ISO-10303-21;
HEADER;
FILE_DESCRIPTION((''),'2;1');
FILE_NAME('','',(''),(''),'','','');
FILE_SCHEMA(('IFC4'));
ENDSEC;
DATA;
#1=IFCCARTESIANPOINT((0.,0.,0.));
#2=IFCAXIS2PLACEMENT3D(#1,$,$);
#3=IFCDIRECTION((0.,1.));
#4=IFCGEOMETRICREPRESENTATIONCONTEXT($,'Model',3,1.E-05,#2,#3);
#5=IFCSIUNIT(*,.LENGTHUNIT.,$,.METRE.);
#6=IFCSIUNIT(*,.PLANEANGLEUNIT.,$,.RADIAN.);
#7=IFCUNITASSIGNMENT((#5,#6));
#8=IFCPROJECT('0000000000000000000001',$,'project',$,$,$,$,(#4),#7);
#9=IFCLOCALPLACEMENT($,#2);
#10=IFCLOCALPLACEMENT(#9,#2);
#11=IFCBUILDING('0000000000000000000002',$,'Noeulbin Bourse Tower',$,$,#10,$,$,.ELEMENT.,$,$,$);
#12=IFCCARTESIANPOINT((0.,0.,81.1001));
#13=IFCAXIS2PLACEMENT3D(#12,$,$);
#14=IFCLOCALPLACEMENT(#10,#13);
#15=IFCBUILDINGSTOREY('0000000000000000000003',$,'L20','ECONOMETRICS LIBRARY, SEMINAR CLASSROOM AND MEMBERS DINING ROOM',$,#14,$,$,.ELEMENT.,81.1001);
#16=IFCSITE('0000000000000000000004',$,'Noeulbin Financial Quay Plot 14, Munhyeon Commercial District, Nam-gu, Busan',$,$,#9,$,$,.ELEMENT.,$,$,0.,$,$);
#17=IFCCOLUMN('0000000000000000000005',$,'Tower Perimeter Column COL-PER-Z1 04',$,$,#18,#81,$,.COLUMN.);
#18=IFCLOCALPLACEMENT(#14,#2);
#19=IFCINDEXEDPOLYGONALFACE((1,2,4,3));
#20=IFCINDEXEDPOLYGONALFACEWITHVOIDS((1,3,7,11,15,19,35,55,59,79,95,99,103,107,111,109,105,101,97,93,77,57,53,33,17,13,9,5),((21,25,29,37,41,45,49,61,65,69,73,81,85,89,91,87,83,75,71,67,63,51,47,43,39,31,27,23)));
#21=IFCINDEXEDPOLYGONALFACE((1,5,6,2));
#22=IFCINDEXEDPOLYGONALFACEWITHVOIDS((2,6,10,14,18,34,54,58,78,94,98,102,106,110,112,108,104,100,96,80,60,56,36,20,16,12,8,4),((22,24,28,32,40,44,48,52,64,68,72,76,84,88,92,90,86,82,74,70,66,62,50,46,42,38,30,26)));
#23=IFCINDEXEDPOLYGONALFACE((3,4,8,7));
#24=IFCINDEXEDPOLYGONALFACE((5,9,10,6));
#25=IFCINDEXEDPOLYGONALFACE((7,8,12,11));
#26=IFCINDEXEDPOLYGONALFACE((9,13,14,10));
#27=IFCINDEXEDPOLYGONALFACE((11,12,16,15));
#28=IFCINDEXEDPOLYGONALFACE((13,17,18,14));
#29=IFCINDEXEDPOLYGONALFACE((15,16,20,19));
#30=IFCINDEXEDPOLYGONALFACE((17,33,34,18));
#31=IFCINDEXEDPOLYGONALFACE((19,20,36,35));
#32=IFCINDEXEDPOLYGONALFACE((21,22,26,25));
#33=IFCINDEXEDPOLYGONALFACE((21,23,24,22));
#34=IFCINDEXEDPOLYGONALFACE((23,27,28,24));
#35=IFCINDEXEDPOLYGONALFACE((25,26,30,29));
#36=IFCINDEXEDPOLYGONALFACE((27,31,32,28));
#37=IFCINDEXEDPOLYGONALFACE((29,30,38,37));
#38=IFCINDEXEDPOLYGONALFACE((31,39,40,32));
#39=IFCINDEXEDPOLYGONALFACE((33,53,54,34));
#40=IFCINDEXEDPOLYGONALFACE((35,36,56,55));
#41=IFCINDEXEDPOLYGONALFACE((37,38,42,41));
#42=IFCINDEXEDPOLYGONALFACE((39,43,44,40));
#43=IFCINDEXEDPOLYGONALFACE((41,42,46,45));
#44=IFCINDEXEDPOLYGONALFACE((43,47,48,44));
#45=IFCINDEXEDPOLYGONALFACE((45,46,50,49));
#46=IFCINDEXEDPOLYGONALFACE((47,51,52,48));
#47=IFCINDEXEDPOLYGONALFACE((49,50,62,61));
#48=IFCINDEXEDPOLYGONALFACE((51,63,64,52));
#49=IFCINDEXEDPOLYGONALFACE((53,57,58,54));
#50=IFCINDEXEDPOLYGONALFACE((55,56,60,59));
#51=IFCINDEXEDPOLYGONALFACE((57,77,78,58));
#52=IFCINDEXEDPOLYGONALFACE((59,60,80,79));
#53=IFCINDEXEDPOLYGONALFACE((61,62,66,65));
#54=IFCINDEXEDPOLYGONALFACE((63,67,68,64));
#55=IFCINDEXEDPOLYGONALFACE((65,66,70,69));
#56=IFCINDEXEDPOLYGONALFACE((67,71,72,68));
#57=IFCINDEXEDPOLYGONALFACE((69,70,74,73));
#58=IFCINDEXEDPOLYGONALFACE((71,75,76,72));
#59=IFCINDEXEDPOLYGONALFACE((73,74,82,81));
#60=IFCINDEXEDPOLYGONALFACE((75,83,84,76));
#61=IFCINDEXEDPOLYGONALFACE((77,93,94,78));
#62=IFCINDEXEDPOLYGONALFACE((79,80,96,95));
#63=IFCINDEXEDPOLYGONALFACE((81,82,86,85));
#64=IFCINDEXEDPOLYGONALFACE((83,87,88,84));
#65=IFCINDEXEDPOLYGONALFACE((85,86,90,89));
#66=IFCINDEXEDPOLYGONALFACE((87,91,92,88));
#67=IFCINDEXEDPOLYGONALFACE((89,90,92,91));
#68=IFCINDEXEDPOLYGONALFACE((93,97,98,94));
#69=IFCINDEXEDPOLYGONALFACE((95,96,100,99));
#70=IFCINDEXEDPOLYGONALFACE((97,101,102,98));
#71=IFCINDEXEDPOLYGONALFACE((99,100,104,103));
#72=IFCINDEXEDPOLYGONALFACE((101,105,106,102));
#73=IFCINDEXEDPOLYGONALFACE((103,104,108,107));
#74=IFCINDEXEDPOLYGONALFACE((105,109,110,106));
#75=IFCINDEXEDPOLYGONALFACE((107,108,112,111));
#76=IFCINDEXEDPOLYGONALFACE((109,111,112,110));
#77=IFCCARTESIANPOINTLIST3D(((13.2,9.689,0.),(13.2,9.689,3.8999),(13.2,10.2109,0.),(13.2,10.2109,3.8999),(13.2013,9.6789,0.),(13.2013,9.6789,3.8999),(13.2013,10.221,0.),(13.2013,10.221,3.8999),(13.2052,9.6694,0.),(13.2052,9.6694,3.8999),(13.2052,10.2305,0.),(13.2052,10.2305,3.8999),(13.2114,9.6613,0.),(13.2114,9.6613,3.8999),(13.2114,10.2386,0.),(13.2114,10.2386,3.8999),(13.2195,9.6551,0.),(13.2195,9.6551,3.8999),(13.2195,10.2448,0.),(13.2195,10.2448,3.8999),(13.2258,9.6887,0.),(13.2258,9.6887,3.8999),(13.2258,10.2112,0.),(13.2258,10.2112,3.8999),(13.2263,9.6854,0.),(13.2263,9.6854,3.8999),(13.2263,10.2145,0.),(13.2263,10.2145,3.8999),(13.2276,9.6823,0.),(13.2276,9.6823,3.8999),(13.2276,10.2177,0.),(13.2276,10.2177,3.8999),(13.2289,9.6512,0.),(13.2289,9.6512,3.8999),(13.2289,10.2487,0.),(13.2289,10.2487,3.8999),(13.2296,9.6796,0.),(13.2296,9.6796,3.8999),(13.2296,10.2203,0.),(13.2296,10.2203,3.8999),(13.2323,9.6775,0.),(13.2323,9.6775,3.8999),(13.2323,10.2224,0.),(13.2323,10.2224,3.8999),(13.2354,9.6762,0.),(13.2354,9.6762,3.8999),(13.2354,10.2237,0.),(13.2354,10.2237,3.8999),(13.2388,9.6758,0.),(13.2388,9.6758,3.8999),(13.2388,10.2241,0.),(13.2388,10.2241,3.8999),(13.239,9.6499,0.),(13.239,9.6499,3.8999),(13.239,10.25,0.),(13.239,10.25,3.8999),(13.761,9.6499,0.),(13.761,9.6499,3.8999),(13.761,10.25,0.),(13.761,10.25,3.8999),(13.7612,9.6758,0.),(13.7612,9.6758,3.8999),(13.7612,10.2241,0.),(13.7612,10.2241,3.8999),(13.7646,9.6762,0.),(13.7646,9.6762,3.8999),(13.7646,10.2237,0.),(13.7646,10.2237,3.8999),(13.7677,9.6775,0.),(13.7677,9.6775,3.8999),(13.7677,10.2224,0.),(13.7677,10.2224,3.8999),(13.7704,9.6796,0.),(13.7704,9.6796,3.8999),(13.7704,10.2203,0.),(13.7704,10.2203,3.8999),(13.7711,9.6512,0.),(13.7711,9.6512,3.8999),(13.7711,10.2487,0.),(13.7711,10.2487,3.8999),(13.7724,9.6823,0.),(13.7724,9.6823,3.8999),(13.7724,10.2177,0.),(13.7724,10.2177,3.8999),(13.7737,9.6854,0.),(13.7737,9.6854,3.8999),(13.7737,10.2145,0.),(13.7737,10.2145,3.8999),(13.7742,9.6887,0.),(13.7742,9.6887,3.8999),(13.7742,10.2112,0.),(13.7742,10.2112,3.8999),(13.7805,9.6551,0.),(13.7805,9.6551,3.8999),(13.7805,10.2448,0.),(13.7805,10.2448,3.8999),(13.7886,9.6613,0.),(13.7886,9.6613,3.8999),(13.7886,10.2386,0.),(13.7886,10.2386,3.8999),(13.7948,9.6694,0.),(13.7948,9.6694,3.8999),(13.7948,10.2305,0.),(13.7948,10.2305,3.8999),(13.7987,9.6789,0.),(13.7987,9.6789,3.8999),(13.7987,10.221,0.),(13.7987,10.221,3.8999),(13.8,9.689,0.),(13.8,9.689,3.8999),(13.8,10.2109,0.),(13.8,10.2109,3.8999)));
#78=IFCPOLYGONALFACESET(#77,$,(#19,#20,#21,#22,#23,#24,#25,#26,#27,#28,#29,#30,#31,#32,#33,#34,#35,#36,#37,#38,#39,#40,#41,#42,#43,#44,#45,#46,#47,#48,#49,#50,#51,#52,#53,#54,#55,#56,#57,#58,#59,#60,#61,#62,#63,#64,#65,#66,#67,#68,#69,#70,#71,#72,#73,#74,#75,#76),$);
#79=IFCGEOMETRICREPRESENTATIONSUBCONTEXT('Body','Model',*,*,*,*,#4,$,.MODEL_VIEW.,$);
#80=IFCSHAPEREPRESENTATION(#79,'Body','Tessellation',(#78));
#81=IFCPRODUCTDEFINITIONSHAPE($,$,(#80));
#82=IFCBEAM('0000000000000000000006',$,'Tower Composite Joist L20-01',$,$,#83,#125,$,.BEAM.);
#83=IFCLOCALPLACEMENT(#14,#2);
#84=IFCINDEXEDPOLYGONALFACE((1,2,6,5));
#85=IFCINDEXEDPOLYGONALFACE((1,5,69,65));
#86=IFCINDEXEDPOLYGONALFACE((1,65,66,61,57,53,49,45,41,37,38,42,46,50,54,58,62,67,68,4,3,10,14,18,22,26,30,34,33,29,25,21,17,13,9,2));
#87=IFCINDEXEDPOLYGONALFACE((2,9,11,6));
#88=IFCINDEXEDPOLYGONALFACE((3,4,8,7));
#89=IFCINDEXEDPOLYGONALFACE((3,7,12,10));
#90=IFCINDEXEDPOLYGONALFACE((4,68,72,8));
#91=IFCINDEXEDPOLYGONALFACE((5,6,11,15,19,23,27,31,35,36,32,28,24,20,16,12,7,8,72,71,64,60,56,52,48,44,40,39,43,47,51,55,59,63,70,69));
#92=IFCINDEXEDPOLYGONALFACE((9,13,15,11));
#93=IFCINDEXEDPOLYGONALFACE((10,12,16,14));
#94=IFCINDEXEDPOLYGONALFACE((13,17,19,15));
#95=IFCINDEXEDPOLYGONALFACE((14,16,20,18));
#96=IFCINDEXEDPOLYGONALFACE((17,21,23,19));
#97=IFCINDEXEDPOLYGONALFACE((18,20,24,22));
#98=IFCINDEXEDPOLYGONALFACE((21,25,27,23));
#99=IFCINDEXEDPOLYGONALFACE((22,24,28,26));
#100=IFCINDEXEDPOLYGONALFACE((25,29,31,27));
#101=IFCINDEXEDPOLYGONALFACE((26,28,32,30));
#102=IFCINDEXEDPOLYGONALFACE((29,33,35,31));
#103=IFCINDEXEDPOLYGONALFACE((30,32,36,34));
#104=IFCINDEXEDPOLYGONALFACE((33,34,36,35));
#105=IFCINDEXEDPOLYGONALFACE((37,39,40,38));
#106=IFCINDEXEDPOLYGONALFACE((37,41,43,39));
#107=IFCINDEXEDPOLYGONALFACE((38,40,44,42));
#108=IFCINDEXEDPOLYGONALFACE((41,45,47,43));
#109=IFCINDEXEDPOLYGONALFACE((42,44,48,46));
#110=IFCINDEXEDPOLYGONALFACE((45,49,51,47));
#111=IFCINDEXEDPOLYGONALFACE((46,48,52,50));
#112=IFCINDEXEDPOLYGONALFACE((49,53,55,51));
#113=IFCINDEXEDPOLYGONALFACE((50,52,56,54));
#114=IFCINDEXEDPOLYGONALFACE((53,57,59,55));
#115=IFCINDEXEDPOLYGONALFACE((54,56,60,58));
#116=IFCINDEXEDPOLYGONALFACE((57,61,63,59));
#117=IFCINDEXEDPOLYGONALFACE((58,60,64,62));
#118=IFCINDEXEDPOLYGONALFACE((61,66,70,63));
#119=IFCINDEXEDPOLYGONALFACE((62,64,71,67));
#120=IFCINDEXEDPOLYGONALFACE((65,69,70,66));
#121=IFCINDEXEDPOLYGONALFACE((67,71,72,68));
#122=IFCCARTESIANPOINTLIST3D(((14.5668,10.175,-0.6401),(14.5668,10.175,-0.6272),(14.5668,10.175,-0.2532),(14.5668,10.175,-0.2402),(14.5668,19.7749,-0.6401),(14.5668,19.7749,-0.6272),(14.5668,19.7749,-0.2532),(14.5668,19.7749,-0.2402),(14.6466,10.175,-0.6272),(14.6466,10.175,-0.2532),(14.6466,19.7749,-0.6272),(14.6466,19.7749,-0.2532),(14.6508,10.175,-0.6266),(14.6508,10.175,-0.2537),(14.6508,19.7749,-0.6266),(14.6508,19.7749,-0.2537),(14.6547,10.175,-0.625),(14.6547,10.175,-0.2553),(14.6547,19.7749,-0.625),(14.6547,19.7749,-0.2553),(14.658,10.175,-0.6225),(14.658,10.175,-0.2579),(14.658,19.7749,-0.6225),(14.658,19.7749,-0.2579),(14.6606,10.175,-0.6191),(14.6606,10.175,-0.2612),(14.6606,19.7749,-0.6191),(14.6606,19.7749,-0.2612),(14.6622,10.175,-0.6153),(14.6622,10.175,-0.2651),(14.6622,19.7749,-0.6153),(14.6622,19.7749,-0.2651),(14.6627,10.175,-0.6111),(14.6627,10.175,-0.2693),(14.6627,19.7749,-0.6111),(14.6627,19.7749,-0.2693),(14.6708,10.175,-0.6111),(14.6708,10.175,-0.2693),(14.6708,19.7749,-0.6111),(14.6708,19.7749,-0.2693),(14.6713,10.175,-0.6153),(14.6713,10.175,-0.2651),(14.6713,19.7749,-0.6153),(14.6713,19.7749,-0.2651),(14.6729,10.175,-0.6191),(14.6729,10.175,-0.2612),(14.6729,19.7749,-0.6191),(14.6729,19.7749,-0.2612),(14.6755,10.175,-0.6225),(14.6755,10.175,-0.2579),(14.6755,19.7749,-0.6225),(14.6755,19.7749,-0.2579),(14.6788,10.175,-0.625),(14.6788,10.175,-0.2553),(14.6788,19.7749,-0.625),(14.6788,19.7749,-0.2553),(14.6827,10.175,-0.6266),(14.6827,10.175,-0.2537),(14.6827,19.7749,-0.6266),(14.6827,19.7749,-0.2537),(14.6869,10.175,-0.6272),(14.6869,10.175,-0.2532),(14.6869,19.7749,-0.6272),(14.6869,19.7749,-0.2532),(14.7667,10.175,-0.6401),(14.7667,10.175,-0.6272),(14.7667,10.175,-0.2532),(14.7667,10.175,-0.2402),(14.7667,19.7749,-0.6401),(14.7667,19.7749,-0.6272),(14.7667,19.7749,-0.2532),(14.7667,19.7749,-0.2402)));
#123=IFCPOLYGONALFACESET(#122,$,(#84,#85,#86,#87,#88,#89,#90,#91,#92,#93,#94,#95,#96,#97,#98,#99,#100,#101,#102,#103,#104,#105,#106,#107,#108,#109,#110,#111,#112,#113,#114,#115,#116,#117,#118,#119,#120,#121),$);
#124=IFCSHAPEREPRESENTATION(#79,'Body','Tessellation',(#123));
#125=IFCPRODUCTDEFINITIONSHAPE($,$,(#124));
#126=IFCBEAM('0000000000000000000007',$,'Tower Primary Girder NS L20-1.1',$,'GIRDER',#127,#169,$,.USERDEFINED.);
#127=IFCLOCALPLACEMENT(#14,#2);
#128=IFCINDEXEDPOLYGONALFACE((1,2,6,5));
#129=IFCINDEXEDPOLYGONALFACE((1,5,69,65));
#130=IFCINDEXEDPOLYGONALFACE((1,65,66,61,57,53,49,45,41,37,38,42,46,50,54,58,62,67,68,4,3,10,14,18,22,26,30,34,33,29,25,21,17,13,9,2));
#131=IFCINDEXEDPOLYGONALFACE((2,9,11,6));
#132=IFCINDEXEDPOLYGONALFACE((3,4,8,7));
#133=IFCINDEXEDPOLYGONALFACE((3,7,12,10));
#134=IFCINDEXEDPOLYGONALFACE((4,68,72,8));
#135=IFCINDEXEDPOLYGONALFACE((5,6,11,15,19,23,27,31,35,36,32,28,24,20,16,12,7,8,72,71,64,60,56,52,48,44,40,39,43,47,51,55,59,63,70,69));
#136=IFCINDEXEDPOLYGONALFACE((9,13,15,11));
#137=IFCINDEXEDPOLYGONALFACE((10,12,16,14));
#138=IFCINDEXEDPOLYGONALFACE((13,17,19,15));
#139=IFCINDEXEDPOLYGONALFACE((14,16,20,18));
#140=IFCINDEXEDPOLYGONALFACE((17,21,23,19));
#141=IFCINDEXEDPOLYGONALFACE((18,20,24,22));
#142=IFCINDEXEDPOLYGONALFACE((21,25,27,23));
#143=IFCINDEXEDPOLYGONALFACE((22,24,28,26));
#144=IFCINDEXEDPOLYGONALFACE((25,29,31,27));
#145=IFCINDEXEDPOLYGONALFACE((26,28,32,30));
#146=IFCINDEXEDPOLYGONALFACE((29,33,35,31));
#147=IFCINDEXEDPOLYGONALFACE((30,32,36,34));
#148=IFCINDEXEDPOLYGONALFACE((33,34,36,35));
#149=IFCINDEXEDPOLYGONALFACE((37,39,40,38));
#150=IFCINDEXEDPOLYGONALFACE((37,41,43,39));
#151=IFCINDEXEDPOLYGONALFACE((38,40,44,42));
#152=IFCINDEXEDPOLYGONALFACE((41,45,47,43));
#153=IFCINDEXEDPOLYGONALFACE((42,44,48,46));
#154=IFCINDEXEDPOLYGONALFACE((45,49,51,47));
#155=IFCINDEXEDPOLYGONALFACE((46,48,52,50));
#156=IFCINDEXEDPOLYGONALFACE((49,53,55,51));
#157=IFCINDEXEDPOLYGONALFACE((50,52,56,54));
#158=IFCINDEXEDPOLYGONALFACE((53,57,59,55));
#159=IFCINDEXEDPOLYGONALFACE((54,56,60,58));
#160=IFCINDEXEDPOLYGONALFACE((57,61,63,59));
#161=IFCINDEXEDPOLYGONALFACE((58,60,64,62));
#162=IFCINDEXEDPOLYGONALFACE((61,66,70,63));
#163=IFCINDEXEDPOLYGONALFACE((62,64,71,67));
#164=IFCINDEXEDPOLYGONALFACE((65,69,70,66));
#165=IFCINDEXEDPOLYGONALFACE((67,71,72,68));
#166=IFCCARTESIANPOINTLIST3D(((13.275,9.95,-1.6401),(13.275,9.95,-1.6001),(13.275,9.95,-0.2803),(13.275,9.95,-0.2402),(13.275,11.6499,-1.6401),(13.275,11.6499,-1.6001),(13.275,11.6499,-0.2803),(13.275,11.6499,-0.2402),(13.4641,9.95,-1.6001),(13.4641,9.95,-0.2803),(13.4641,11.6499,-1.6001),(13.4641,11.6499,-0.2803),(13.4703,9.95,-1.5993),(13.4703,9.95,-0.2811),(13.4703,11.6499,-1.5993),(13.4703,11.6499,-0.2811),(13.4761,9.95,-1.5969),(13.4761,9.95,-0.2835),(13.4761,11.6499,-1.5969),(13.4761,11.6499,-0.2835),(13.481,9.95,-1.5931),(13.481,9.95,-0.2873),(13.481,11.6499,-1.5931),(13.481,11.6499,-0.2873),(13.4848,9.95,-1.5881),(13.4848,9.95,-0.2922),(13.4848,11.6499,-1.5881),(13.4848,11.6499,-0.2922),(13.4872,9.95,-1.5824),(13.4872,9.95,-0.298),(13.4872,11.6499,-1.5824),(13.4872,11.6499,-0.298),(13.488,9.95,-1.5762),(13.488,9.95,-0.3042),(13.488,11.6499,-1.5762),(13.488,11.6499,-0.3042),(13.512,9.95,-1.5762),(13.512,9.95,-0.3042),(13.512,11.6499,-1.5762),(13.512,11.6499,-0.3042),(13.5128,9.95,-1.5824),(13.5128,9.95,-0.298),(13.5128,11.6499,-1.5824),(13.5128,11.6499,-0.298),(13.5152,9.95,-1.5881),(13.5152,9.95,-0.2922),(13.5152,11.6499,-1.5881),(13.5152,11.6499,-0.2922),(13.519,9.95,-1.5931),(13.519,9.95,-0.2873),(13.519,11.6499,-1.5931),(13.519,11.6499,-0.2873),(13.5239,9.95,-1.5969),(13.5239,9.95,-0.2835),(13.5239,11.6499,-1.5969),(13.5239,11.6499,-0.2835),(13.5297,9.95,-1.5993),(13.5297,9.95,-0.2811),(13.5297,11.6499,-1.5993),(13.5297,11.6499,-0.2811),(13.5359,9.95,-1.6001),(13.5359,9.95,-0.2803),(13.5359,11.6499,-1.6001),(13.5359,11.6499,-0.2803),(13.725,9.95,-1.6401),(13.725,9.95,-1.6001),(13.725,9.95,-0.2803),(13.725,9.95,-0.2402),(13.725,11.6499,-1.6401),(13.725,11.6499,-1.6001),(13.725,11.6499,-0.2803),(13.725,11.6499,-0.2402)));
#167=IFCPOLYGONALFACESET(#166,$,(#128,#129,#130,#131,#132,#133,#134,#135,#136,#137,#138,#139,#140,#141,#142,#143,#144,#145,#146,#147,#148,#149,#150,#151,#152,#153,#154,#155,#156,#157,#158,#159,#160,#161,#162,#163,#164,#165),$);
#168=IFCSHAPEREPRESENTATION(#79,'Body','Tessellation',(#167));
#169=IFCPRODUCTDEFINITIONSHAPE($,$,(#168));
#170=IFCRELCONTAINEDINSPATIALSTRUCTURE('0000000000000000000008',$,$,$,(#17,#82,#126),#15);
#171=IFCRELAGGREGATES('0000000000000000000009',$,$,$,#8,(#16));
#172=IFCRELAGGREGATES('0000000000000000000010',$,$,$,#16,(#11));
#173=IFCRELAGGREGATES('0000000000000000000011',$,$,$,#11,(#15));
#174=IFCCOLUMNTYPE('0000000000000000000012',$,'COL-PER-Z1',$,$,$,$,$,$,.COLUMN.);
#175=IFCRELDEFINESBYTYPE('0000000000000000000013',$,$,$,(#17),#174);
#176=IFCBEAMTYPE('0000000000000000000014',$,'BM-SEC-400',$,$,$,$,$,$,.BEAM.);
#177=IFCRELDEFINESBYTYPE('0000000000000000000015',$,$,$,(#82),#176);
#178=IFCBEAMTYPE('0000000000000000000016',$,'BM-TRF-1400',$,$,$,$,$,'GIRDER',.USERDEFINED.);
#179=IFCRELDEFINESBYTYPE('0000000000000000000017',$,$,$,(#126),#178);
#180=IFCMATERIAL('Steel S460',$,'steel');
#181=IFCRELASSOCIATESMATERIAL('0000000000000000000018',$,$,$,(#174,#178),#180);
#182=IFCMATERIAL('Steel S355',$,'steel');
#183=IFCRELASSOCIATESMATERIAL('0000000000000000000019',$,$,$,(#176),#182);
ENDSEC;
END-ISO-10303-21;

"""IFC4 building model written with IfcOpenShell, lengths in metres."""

from ifc_helpers import new_model, si_unit, direction, frame, origin, origin_2d, place, context, subcontext, project, spatial, hollow_rectangle, i_section, extrude, material, material_profile, profile_set, type_object, element, save


model = new_model("IFC4")

# Units and contexts
model_context = context("Model", 3, precision=1e-05, world=origin(), true_north=direction((0.0, 1.0)))
body_context = subcontext(model_context, "Body", "Model", "MODEL_VIEW")
ifc_project = project(units=[si_unit("LENGTHUNIT", "METRE"), si_unit("PLANEANGLEUNIT", "RADIAN")], contexts=[model_context])

# Site, building, storey
site_placement = place(None, origin())
site = spatial("IfcSite", under=ifc_project, at=site_placement, Name="Noeulbin Financial Quay Plot 14, Munhyeon Commercial District, Nam-gu, Busan", CompositionType="ELEMENT", RefElevation=0.0)
building_placement = place(site_placement, origin())
building = spatial("IfcBuilding", under=site, at=building_placement, Name="Noeulbin Bourse Tower", CompositionType="ELEMENT")
storey_placement = place(building_placement, frame((0.0, 0.0, 81.1001)))
storey = spatial("IfcBuildingStorey", under=building, at=storey_placement, Name="L20", Description="ECONOMETRICS LIBRARY, SEMINAR CLASSROOM AND MEMBERS DINING ROOM", CompositionType="ELEMENT", Elevation=81.1001)

# Column
ifc_material_1 = material(Name="Steel S460", Category="steel")
ifc_material_profile_1 = material_profile(ifc_material_1, hollow_rectangle(XDim=0.6001, YDim=0.6001, WallThickness=0.0259, InnerFilletRadius=0.0129, OuterFilletRadius=0.0391, at=origin_2d()), Name="BOX-600x600x26", Category="LoadBearing")
ifc_profile_set_1 = profile_set([ifc_material_profile_1], Name="Steel S460")
column_type = type_object("IfcColumnType", Name="COL-PER-Z1", PredefinedType="COLUMN", material=ifc_profile_set_1)
column_placement = place(storey_placement, frame((13.5, 9.95, 0.0), z_axis=(0.0, 0.0, 1.0), x_axis=(1.0, 0.0, 0.0)))
element("IfcColumn", 1, at=column_placement, inside=storey, type_object=column_type, Name="Tower Perimeter Column COL-PER-Z1 04", PredefinedType="COLUMN", context=body_context, shape_type="SweptSolid", body=[
    extrude(hollow_rectangle(XDim=0.6001, YDim=0.6001, WallThickness=0.0259, InnerFilletRadius=0.0129, OuterFilletRadius=0.0391, at=origin_2d()), origin(), (0.0, 0.0, 1.0), 3.8999),
])

# Beams
ifc_material_2 = material(Name="Steel S355", Category="steel")
ifc_material_profile_2 = material_profile(ifc_material_2, i_section(OverallWidth=0.2, OverallDepth=0.3999, WebThickness=0.0081, FlangeThickness=0.0129, FilletRadius=0.0161, at=origin_2d()), Name="H-400x200x8x13", Category="LoadBearing")
ifc_profile_set_2 = profile_set([ifc_material_profile_2], Name="Steel S355")
beam_type_1 = type_object("IfcBeamType", Name="BM-SEC-400", PredefinedType="BEAM", material=ifc_profile_set_2)
beam_1_placement = place(storey_placement, frame((14.6667, 10.175, -0.4402), z_axis=(0.0, 1.0, 0.0), x_axis=(-1.0, 0.0, 0.0)))
element("IfcBeam", 2, at=beam_1_placement, inside=storey, type_object=beam_type_1, Name="Tower Composite Joist L20-01", PredefinedType="BEAM", context=body_context, shape_type="SweptSolid", body=[
    extrude(i_section(OverallWidth=0.2, OverallDepth=0.3999, WebThickness=0.0081, FlangeThickness=0.0129, FilletRadius=0.0161, at=origin_2d()), origin(), (0.0, 0.0, 1.0), 9.5999),
])
ifc_material_profile_3 = material_profile(ifc_material_1, i_section(OverallWidth=0.45, OverallDepth=1.3999, WebThickness=0.0239, FlangeThickness=0.04, FilletRadius=0.0239, at=origin_2d()), Name="PG-1400x450x24x40", Category="LoadBearing")
ifc_profile_set_3 = profile_set([ifc_material_profile_3], Name="Steel S460")
beam_type_2 = type_object("IfcBeamType", Name="BM-TRF-1400", ElementType="GIRDER", PredefinedType="USERDEFINED", material=ifc_profile_set_3)
beam_2_placement = place(storey_placement, frame((13.5, 9.95, -0.9402), z_axis=(0.0, 1.0, 0.0), x_axis=(-1.0, 0.0, 0.0)))
element("IfcBeam", 3, at=beam_2_placement, inside=storey, type_object=beam_type_2, Name="Tower Primary Girder NS L20-1.1", ObjectType="GIRDER", PredefinedType="USERDEFINED", context=body_context, shape_type="SweptSolid", body=[
    extrude(i_section(OverallWidth=0.45, OverallDepth=1.3999, WebThickness=0.0239, FlangeThickness=0.04, FilletRadius=0.0239, at=origin_2d()), origin(), (0.0, 0.0, 1.0), 1.7),
])

save(model, "model.ifc")
